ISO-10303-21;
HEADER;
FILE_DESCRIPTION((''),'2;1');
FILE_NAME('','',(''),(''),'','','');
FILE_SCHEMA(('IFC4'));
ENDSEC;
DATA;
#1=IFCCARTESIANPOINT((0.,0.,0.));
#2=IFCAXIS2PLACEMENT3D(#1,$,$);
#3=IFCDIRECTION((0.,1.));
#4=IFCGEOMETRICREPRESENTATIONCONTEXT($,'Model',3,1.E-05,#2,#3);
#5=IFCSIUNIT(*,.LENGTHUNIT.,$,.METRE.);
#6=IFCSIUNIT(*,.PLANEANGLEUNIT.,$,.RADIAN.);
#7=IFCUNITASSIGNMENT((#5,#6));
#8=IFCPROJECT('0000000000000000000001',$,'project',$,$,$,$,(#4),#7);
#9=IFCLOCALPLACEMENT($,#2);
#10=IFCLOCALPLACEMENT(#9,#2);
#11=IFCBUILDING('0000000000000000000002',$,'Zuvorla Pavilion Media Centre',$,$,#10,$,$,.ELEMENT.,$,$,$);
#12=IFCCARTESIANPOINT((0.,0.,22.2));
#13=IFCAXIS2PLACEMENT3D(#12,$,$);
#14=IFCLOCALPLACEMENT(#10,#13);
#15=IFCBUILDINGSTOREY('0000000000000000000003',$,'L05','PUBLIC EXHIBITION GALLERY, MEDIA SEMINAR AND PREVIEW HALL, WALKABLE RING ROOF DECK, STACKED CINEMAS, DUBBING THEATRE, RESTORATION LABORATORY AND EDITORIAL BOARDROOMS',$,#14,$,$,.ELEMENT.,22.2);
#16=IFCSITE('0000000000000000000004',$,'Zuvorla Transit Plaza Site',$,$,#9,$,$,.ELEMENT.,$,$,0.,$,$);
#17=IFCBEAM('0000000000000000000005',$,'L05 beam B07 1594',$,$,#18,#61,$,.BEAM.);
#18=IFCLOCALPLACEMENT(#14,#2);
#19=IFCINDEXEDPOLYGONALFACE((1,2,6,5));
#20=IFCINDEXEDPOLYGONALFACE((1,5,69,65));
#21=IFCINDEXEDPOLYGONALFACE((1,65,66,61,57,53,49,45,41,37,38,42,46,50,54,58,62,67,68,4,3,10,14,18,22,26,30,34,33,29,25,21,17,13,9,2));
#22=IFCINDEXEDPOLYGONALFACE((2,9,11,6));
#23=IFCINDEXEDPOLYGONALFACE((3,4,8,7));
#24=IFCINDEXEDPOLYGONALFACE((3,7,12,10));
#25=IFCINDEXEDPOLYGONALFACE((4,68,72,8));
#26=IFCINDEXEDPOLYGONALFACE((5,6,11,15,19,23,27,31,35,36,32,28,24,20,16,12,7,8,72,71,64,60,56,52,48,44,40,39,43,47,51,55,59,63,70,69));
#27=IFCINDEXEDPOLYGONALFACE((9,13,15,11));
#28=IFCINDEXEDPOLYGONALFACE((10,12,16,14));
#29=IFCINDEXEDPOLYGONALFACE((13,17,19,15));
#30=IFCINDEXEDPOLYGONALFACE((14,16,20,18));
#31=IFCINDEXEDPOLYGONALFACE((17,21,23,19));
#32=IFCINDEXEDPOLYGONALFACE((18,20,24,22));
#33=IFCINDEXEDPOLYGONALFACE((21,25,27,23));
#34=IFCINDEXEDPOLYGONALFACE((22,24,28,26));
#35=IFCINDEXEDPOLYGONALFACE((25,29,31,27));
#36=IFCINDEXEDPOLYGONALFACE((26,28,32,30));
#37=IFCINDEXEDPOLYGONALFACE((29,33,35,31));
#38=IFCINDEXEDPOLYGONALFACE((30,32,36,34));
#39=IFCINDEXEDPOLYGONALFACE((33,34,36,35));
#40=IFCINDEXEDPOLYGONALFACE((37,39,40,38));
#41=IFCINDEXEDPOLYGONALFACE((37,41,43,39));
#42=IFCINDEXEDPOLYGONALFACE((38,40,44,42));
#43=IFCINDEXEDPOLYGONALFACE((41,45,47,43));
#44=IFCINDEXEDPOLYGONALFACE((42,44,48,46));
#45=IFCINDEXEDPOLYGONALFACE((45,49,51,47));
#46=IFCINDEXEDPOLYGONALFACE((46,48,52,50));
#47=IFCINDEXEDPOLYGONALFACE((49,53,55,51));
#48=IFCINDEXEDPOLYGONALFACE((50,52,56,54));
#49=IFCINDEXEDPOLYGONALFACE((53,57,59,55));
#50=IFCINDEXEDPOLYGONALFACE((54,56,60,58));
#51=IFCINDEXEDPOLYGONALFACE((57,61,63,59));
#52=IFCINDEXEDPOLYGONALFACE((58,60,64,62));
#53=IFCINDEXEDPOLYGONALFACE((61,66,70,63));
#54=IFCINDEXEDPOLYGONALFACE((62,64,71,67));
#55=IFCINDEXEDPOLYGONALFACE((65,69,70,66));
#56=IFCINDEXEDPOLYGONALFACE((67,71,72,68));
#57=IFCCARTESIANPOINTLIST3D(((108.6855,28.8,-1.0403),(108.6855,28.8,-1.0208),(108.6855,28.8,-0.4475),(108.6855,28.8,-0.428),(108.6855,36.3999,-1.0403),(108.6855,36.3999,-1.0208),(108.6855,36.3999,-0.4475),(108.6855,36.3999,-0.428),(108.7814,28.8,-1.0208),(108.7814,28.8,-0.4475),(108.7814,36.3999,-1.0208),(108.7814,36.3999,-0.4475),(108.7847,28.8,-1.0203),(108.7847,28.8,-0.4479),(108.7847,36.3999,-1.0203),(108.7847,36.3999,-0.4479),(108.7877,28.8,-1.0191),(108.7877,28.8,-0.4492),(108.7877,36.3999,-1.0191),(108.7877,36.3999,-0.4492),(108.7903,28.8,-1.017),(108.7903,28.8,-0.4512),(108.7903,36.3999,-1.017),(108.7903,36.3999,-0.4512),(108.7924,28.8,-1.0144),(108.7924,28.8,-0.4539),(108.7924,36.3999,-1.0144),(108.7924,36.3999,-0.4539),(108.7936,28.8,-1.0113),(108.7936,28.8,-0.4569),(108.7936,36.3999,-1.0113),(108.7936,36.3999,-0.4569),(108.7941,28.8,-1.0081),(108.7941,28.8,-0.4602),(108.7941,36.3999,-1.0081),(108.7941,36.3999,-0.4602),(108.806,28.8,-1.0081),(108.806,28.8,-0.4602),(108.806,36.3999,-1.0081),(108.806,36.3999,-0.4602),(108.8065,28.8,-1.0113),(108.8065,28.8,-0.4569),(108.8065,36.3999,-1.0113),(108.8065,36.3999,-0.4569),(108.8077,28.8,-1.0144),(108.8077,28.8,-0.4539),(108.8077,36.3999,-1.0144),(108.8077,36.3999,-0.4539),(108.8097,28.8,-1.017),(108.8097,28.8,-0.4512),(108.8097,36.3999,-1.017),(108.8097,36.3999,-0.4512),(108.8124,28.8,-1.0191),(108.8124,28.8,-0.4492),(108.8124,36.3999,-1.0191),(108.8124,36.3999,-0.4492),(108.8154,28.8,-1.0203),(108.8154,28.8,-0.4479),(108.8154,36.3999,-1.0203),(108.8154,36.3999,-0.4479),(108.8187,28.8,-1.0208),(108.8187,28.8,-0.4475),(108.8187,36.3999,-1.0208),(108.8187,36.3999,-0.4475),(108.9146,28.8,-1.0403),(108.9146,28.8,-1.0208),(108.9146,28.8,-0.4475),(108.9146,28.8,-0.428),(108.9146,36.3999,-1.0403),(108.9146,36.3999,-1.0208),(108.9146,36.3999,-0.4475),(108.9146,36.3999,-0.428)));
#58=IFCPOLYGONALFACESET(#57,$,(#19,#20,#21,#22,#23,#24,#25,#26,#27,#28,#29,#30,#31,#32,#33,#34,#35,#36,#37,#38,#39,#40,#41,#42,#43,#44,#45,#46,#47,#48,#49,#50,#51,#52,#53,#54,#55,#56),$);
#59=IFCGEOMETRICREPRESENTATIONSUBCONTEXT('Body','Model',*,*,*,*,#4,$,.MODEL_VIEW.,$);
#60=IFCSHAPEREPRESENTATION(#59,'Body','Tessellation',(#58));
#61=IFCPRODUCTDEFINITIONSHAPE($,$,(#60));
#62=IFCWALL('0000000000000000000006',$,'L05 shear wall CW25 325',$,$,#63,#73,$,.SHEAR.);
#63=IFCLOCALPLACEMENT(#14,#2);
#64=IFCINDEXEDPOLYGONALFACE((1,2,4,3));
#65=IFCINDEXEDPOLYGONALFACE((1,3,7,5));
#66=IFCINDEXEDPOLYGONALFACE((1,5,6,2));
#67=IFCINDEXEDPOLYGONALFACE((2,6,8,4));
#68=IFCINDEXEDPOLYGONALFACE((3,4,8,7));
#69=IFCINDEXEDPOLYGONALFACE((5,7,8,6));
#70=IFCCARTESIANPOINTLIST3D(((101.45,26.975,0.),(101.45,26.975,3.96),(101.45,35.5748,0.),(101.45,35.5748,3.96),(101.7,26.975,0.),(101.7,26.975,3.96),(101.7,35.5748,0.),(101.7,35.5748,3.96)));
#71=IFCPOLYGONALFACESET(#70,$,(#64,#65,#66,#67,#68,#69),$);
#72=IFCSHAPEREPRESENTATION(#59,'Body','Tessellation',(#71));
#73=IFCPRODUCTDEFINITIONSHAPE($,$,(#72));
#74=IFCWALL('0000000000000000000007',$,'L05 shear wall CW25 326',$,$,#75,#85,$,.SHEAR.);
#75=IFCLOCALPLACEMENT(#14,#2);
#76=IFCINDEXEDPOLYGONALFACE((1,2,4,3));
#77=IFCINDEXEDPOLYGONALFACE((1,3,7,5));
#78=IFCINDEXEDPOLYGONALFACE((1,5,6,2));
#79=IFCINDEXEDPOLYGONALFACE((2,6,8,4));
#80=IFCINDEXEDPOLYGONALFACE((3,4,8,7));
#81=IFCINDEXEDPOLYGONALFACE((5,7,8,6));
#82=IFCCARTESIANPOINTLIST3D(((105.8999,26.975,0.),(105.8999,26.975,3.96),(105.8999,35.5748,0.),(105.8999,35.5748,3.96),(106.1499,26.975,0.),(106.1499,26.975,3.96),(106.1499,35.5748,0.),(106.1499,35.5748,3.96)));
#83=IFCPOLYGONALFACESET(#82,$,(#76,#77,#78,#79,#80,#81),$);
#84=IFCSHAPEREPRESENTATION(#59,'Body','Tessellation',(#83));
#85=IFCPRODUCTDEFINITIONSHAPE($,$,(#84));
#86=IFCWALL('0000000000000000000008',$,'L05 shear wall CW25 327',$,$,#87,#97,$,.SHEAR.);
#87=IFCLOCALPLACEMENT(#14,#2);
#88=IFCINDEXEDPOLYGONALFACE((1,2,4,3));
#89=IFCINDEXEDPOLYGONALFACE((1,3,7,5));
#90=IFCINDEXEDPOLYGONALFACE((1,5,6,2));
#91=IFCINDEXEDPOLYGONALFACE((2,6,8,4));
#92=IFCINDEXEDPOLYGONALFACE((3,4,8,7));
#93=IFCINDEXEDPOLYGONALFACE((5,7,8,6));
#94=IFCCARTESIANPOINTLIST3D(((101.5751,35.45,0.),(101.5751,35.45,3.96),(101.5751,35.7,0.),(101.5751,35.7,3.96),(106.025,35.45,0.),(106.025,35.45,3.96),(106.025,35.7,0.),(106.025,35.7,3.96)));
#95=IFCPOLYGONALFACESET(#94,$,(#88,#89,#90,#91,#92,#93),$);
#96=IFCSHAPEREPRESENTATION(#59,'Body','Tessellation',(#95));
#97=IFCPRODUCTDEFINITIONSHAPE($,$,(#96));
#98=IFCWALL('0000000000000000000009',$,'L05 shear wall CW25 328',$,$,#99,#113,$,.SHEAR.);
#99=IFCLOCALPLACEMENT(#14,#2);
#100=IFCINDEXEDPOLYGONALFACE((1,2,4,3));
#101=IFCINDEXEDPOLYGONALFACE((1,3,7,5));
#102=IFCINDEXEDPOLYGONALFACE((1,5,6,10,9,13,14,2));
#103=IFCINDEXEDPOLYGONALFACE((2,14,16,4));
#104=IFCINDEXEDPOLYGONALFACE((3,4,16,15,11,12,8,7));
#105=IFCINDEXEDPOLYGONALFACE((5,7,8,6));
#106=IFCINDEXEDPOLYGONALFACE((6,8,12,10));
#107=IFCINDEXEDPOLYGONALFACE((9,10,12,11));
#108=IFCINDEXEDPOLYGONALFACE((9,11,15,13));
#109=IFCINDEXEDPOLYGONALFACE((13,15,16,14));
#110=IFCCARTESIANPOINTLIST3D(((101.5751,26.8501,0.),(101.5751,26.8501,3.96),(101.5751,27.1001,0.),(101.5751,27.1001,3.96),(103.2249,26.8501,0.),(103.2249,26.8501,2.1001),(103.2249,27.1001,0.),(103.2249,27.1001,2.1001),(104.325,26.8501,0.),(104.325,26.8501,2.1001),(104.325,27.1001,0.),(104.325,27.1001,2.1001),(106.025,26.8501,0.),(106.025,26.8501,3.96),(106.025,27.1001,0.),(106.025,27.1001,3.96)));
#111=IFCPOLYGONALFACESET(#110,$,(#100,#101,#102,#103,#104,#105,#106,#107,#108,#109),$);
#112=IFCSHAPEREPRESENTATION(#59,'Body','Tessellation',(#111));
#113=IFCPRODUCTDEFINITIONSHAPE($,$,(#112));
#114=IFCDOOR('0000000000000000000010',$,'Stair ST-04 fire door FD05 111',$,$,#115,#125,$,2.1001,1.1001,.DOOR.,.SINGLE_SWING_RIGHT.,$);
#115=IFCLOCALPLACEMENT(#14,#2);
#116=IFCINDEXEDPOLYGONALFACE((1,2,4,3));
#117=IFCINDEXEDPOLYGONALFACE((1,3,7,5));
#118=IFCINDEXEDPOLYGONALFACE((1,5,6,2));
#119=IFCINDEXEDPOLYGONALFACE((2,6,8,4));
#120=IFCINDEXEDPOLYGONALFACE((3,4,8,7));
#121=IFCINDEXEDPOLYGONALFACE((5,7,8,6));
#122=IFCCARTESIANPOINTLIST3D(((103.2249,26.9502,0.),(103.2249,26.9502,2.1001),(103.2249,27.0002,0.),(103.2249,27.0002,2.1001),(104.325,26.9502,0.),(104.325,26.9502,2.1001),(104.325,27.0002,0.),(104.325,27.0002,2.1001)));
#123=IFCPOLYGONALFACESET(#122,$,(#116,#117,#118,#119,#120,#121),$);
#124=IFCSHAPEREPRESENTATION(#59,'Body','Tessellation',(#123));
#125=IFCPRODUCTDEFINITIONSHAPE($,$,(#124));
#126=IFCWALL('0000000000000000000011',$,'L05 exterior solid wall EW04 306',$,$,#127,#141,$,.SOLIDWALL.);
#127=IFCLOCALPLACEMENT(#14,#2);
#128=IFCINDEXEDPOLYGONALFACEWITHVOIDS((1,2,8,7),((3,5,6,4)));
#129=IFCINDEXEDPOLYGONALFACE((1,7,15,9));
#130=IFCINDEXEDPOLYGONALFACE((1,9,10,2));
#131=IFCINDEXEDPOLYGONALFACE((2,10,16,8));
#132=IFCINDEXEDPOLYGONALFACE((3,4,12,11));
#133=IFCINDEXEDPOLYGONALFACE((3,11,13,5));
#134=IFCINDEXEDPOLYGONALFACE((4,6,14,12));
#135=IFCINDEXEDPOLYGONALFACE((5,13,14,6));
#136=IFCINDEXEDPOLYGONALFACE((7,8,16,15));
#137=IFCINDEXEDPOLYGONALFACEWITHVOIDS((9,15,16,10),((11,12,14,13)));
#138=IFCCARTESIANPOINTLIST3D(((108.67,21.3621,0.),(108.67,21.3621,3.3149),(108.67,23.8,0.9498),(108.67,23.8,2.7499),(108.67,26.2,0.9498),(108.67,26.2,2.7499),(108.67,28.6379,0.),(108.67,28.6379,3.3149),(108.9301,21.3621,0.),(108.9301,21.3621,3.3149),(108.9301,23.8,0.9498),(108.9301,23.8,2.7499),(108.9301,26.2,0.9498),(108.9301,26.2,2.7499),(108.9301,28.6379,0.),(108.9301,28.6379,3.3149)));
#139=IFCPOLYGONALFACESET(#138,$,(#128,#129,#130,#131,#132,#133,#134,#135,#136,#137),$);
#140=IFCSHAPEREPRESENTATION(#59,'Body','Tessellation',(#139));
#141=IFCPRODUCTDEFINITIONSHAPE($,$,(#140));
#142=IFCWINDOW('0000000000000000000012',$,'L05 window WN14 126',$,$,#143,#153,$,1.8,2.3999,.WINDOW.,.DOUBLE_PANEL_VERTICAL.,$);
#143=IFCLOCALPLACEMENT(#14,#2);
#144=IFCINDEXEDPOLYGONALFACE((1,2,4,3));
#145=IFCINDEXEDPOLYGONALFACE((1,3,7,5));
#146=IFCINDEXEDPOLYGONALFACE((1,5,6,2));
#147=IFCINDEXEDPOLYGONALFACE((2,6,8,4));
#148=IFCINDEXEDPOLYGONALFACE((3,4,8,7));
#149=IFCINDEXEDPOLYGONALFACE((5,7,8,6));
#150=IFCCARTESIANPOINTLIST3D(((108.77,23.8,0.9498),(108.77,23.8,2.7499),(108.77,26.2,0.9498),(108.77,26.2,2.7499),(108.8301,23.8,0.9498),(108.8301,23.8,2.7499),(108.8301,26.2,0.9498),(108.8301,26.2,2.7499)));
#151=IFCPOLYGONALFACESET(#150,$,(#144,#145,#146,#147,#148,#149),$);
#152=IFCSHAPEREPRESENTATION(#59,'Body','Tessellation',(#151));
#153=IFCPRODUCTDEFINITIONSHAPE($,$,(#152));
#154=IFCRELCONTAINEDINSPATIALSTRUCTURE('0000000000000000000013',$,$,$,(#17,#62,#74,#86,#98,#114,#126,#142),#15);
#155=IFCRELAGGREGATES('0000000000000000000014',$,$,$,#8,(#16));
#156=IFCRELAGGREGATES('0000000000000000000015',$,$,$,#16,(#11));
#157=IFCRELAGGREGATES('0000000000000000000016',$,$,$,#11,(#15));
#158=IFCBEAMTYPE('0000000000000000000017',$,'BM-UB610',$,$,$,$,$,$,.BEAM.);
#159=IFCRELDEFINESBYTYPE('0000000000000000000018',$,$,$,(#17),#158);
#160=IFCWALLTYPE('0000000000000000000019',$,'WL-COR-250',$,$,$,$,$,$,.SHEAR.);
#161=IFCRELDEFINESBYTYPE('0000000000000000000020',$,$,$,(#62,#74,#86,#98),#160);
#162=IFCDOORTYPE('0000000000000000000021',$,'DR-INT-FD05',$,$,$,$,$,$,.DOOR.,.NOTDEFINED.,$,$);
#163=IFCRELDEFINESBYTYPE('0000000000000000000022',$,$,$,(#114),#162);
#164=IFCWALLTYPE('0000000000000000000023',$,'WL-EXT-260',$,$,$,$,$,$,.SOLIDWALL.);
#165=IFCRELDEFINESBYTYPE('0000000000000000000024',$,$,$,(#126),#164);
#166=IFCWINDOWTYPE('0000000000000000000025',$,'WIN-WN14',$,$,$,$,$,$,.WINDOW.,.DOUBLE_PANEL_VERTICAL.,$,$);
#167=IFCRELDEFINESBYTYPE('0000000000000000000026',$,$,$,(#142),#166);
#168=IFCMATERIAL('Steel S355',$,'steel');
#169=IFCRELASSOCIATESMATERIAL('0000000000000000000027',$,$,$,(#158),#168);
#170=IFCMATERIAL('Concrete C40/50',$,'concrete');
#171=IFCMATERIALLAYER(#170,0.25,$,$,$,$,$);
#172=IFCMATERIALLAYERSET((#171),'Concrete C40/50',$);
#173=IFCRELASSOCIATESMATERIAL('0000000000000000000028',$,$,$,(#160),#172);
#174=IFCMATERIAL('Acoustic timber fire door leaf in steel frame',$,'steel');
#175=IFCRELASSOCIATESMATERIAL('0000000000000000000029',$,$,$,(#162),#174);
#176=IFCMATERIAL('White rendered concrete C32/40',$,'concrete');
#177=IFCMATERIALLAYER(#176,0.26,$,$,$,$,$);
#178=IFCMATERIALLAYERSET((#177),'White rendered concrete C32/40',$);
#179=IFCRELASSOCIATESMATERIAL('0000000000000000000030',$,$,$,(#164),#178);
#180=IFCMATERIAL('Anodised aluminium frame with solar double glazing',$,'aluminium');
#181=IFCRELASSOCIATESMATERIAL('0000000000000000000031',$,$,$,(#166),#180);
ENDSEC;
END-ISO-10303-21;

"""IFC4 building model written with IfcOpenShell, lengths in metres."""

from ifc_helpers import new_model, si_unit, direction, frame, frame_2d, origin, origin_2d, place, context, subcontext, project, spatial, rectangle, i_section, extrude, material, layer, layer_set, material_profile, profile_set, type_object, element, fill, save


model = new_model("IFC4")

# Units and contexts
model_context = context("Model", 3, precision=1e-05, world=origin(), true_north=direction((0.0, 1.0)))
body_context = subcontext(model_context, "Body", "Model", "MODEL_VIEW")
ifc_project = project(units=[si_unit("LENGTHUNIT", "METRE"), si_unit("PLANEANGLEUNIT", "RADIAN")], contexts=[model_context])

# Site, building, storey
site_placement = place(None, origin())
site = spatial("IfcSite", under=ifc_project, at=site_placement, Name="Zuvorla Transit Plaza Site", CompositionType="ELEMENT", RefElevation=0.0)
building_placement = place(site_placement, origin())
building = spatial("IfcBuilding", under=site, at=building_placement, Name="Zuvorla Pavilion Media Centre", CompositionType="ELEMENT")
storey_placement = place(building_placement, frame((0.0, 0.0, 22.2)))
storey = spatial("IfcBuildingStorey", under=building, at=storey_placement, Name="L05", Description="PUBLIC EXHIBITION GALLERY, MEDIA SEMINAR AND PREVIEW HALL, WALKABLE RING ROOF DECK, STACKED CINEMAS, DUBBING THEATRE, RESTORATION LABORATORY AND EDITORIAL BOARDROOMS", CompositionType="ELEMENT", Elevation=22.2)

# Shared definitions
ifc_material_1 = material(Name="Steel S355", Category="steel")

# Beam
ifc_material_2 = material(Name="Concrete C40/50", Category="concrete")
ifc_material_profile_1 = material_profile(ifc_material_1, i_section(OverallWidth=0.229, OverallDepth=0.6123, WebThickness=0.012, FlangeThickness=0.0195, FilletRadius=0.0127, at=origin_2d()), Name="UB 610x229x125")
ifc_profile_set_1 = profile_set([ifc_material_profile_1], Name="Steel S355")
beam_type_1 = type_object("IfcBeamType", Name="BM-UB610", PredefinedType="BEAM", material=ifc_profile_set_1)
beam_1_placement = place(storey_placement, frame((108.8, 28.8, -0.7341), z_axis=(0.0, 1.0, 0.0), x_axis=(-1.0, 0.0, 0.0)))
element("IfcBeam", 1, at=beam_1_placement, inside=storey, type_object=beam_type_1, Name="L05 beam B07 1594", PredefinedType="BEAM", context=body_context, shape_type="SweptSolid", body=[
    extrude(i_section(OverallWidth=0.229, OverallDepth=0.6123, WebThickness=0.012, FlangeThickness=0.0195, FilletRadius=0.0127, at=origin_2d()), origin(), (0.0, 0.0, 1.0), 7.5999),
])

# Walls
ifc_layer_1 = layer(ifc_material_2, 0.25)
ifc_layer_set_1 = layer_set([ifc_layer_1], Name="Concrete C40/50")
wall_type_1 = type_object("IfcWallType", Name="WL-COR-250", PredefinedType="SHEAR", material=ifc_layer_set_1)
for number, where, z_axis, x_axis, name in (
    (2, (101.575, 26.9751, 0.0), (0.0, 0.0, 1.0), (0.0, 1.0, 0.0), "L05 shear wall CW25 325"),
    (3, (106.0249, 26.9751, 0.0), (0.0, 0.0, 1.0), (0.0, 1.0, 0.0), "L05 shear wall CW25 326"),
):
    element("IfcWall", number, at=place(storey_placement, frame(where, z_axis=z_axis, x_axis=x_axis)), inside=storey, type_object=wall_type_1, Name=name, PredefinedType="SHEAR", context=body_context, shape_type="SweptSolid", body=[
        extrude(rectangle(XDim=8.5999, YDim=0.25, at=frame_2d((4.2998, 0.0))), origin(), (0.0, 0.0, 1.0), 3.96),
    ])
wall_1_placement = place(storey_placement, frame((101.575, 35.575, 0.0), z_axis=(0.0, 0.0, 1.0), x_axis=(1.0, 0.0, 0.0)))
element("IfcWall", 4, at=wall_1_placement, inside=storey, type_object=wall_type_1, Name="L05 shear wall CW25 327", PredefinedType="SHEAR", context=body_context, shape_type="SweptSolid", body=[
    extrude(rectangle(XDim=4.45, YDim=0.25, at=frame_2d((2.2251, 0.0))), origin(), (0.0, 0.0, 1.0), 3.96),
])

# Wall, opening, door
wall_2_placement = place(storey_placement, frame((101.575, 26.9751, 0.0), z_axis=(0.0, 0.0, 1.0), x_axis=(1.0, 0.0, 0.0)))
wall_2 = element("IfcWall", 5, at=wall_2_placement, inside=storey, type_object=wall_type_1, Name="L05 shear wall CW25 328", PredefinedType="SHEAR", context=body_context, shape_type="SweptSolid", body=[
    extrude(rectangle(XDim=4.45, YDim=0.25, at=frame_2d((2.2251, 0.0))), origin(), (0.0, 0.0, 1.0), 3.96),
])
opening_1_placement = place(wall_2_placement, frame((1.6499, 0.0, 0.0)))
opening_1 = element("IfcOpeningElement", 6, at=opening_1_placement, cuts=wall_2, PredefinedType="OPENING", context=body_context, shape_type="SweptSolid", body=[
    extrude(rectangle(XDim=1.1001, YDim=2.1001, at=frame_2d((0.55, 1.05))), frame((0.0, 0.135, 0.0), z_axis=(0.0, -1.0, 0.0), x_axis=(1.0, 0.0, 0.0)), (0.0, 0.0, 1.0), 0.27),
])
ifc_material_3 = material(Name="Acoustic timber fire door leaf in steel frame", Category="steel")
door_type_1 = type_object("IfcDoorType", Name="DR-INT-FD05", OperationType="NOTDEFINED", PredefinedType="DOOR", material=ifc_material_3)
door_1_placement = place(opening_1_placement, frame((1.1001, 0.0, 0.0), z_axis=(0.0, 0.0, 1.0), x_axis=(-1.0, 0.0, 0.0)))
door_1 = element("IfcDoor", 7, at=door_1_placement, inside=storey, type_object=door_type_1, Name="Stair ST-04 fire door FD05 111", OperationType="SINGLE_SWING_RIGHT", OverallHeight=2.1001, OverallWidth=1.1001, PredefinedType="DOOR", context=body_context, shape_type="SweptSolid", body=[
    extrude(rectangle(XDim=1.1001, YDim=2.1001, at=frame_2d((0.55, 1.05))), frame((0.0, 0.0249, 0.0), z_axis=(0.0, -1.0, 0.0), x_axis=(1.0, 0.0, 0.0)), (0.0, 0.0, 1.0), 0.05),
])
fill(opening_1, door_1)

# Wall, opening, window
ifc_material_4 = material(Name="White rendered concrete C32/40", Category="concrete")
ifc_layer_2 = layer(ifc_material_4, 0.26)
ifc_layer_set_2 = layer_set([ifc_layer_2], Name="White rendered concrete C32/40")
wall_type_2 = type_object("IfcWallType", Name="WL-EXT-260", PredefinedType="SOLIDWALL", material=ifc_layer_set_2)
wall_3_placement = place(storey_placement, frame((108.8, 21.3621, 0.0), z_axis=(0.0, 0.0, 1.0), x_axis=(0.0, 1.0, 0.0)))
wall_3 = element("IfcWall", 8, at=wall_3_placement, inside=storey, type_object=wall_type_2, Name="L05 exterior solid wall EW04 306", PredefinedType="SOLIDWALL", context=body_context, shape_type="SweptSolid", body=[
    extrude(rectangle(XDim=7.2759, YDim=0.26, at=frame_2d((3.6379, 0.0))), origin(), (0.0, 0.0, 1.0), 3.3149),
])
opening_2_placement = place(wall_3_placement, frame((2.438, 0.0, 0.95)))
opening_2 = element("IfcOpeningElement", 9, at=opening_2_placement, cuts=wall_3, PredefinedType="OPENING", context=body_context, shape_type="SweptSolid", body=[
    extrude(rectangle(XDim=2.3999, YDim=1.8, at=frame_2d((1.2, 0.8999))), frame((0.0, 0.1399, 0.0), z_axis=(0.0, -1.0, 0.0), x_axis=(1.0, 0.0, 0.0)), (0.0, 0.0, 1.0), 0.28),
])
ifc_material_5 = material(Name="Anodised aluminium frame with solar double glazing", Category="aluminium")
window_type_1 = type_object("IfcWindowType", Name="WIN-WN14", PartitioningType="DOUBLE_PANEL_VERTICAL", PredefinedType="WINDOW", material=ifc_material_5)
window_1_placement = place(opening_2_placement, origin())
window_1 = element("IfcWindow", 10, at=window_1_placement, inside=storey, type_object=window_type_1, Name="L05 window WN14 126", OverallHeight=1.8, OverallWidth=2.3999, PartitioningType="DOUBLE_PANEL_VERTICAL", PredefinedType="WINDOW", context=body_context, shape_type="SweptSolid", body=[
    extrude(rectangle(XDim=2.3999, YDim=1.8, at=frame_2d((1.2, 0.8999))), frame((0.0, 0.03, 0.0), z_axis=(0.0, -1.0, 0.0), x_axis=(1.0, 0.0, 0.0)), (0.0, 0.0, 1.0), 0.0601),
])
fill(opening_2, window_1)

save(model, "model.ifc")
